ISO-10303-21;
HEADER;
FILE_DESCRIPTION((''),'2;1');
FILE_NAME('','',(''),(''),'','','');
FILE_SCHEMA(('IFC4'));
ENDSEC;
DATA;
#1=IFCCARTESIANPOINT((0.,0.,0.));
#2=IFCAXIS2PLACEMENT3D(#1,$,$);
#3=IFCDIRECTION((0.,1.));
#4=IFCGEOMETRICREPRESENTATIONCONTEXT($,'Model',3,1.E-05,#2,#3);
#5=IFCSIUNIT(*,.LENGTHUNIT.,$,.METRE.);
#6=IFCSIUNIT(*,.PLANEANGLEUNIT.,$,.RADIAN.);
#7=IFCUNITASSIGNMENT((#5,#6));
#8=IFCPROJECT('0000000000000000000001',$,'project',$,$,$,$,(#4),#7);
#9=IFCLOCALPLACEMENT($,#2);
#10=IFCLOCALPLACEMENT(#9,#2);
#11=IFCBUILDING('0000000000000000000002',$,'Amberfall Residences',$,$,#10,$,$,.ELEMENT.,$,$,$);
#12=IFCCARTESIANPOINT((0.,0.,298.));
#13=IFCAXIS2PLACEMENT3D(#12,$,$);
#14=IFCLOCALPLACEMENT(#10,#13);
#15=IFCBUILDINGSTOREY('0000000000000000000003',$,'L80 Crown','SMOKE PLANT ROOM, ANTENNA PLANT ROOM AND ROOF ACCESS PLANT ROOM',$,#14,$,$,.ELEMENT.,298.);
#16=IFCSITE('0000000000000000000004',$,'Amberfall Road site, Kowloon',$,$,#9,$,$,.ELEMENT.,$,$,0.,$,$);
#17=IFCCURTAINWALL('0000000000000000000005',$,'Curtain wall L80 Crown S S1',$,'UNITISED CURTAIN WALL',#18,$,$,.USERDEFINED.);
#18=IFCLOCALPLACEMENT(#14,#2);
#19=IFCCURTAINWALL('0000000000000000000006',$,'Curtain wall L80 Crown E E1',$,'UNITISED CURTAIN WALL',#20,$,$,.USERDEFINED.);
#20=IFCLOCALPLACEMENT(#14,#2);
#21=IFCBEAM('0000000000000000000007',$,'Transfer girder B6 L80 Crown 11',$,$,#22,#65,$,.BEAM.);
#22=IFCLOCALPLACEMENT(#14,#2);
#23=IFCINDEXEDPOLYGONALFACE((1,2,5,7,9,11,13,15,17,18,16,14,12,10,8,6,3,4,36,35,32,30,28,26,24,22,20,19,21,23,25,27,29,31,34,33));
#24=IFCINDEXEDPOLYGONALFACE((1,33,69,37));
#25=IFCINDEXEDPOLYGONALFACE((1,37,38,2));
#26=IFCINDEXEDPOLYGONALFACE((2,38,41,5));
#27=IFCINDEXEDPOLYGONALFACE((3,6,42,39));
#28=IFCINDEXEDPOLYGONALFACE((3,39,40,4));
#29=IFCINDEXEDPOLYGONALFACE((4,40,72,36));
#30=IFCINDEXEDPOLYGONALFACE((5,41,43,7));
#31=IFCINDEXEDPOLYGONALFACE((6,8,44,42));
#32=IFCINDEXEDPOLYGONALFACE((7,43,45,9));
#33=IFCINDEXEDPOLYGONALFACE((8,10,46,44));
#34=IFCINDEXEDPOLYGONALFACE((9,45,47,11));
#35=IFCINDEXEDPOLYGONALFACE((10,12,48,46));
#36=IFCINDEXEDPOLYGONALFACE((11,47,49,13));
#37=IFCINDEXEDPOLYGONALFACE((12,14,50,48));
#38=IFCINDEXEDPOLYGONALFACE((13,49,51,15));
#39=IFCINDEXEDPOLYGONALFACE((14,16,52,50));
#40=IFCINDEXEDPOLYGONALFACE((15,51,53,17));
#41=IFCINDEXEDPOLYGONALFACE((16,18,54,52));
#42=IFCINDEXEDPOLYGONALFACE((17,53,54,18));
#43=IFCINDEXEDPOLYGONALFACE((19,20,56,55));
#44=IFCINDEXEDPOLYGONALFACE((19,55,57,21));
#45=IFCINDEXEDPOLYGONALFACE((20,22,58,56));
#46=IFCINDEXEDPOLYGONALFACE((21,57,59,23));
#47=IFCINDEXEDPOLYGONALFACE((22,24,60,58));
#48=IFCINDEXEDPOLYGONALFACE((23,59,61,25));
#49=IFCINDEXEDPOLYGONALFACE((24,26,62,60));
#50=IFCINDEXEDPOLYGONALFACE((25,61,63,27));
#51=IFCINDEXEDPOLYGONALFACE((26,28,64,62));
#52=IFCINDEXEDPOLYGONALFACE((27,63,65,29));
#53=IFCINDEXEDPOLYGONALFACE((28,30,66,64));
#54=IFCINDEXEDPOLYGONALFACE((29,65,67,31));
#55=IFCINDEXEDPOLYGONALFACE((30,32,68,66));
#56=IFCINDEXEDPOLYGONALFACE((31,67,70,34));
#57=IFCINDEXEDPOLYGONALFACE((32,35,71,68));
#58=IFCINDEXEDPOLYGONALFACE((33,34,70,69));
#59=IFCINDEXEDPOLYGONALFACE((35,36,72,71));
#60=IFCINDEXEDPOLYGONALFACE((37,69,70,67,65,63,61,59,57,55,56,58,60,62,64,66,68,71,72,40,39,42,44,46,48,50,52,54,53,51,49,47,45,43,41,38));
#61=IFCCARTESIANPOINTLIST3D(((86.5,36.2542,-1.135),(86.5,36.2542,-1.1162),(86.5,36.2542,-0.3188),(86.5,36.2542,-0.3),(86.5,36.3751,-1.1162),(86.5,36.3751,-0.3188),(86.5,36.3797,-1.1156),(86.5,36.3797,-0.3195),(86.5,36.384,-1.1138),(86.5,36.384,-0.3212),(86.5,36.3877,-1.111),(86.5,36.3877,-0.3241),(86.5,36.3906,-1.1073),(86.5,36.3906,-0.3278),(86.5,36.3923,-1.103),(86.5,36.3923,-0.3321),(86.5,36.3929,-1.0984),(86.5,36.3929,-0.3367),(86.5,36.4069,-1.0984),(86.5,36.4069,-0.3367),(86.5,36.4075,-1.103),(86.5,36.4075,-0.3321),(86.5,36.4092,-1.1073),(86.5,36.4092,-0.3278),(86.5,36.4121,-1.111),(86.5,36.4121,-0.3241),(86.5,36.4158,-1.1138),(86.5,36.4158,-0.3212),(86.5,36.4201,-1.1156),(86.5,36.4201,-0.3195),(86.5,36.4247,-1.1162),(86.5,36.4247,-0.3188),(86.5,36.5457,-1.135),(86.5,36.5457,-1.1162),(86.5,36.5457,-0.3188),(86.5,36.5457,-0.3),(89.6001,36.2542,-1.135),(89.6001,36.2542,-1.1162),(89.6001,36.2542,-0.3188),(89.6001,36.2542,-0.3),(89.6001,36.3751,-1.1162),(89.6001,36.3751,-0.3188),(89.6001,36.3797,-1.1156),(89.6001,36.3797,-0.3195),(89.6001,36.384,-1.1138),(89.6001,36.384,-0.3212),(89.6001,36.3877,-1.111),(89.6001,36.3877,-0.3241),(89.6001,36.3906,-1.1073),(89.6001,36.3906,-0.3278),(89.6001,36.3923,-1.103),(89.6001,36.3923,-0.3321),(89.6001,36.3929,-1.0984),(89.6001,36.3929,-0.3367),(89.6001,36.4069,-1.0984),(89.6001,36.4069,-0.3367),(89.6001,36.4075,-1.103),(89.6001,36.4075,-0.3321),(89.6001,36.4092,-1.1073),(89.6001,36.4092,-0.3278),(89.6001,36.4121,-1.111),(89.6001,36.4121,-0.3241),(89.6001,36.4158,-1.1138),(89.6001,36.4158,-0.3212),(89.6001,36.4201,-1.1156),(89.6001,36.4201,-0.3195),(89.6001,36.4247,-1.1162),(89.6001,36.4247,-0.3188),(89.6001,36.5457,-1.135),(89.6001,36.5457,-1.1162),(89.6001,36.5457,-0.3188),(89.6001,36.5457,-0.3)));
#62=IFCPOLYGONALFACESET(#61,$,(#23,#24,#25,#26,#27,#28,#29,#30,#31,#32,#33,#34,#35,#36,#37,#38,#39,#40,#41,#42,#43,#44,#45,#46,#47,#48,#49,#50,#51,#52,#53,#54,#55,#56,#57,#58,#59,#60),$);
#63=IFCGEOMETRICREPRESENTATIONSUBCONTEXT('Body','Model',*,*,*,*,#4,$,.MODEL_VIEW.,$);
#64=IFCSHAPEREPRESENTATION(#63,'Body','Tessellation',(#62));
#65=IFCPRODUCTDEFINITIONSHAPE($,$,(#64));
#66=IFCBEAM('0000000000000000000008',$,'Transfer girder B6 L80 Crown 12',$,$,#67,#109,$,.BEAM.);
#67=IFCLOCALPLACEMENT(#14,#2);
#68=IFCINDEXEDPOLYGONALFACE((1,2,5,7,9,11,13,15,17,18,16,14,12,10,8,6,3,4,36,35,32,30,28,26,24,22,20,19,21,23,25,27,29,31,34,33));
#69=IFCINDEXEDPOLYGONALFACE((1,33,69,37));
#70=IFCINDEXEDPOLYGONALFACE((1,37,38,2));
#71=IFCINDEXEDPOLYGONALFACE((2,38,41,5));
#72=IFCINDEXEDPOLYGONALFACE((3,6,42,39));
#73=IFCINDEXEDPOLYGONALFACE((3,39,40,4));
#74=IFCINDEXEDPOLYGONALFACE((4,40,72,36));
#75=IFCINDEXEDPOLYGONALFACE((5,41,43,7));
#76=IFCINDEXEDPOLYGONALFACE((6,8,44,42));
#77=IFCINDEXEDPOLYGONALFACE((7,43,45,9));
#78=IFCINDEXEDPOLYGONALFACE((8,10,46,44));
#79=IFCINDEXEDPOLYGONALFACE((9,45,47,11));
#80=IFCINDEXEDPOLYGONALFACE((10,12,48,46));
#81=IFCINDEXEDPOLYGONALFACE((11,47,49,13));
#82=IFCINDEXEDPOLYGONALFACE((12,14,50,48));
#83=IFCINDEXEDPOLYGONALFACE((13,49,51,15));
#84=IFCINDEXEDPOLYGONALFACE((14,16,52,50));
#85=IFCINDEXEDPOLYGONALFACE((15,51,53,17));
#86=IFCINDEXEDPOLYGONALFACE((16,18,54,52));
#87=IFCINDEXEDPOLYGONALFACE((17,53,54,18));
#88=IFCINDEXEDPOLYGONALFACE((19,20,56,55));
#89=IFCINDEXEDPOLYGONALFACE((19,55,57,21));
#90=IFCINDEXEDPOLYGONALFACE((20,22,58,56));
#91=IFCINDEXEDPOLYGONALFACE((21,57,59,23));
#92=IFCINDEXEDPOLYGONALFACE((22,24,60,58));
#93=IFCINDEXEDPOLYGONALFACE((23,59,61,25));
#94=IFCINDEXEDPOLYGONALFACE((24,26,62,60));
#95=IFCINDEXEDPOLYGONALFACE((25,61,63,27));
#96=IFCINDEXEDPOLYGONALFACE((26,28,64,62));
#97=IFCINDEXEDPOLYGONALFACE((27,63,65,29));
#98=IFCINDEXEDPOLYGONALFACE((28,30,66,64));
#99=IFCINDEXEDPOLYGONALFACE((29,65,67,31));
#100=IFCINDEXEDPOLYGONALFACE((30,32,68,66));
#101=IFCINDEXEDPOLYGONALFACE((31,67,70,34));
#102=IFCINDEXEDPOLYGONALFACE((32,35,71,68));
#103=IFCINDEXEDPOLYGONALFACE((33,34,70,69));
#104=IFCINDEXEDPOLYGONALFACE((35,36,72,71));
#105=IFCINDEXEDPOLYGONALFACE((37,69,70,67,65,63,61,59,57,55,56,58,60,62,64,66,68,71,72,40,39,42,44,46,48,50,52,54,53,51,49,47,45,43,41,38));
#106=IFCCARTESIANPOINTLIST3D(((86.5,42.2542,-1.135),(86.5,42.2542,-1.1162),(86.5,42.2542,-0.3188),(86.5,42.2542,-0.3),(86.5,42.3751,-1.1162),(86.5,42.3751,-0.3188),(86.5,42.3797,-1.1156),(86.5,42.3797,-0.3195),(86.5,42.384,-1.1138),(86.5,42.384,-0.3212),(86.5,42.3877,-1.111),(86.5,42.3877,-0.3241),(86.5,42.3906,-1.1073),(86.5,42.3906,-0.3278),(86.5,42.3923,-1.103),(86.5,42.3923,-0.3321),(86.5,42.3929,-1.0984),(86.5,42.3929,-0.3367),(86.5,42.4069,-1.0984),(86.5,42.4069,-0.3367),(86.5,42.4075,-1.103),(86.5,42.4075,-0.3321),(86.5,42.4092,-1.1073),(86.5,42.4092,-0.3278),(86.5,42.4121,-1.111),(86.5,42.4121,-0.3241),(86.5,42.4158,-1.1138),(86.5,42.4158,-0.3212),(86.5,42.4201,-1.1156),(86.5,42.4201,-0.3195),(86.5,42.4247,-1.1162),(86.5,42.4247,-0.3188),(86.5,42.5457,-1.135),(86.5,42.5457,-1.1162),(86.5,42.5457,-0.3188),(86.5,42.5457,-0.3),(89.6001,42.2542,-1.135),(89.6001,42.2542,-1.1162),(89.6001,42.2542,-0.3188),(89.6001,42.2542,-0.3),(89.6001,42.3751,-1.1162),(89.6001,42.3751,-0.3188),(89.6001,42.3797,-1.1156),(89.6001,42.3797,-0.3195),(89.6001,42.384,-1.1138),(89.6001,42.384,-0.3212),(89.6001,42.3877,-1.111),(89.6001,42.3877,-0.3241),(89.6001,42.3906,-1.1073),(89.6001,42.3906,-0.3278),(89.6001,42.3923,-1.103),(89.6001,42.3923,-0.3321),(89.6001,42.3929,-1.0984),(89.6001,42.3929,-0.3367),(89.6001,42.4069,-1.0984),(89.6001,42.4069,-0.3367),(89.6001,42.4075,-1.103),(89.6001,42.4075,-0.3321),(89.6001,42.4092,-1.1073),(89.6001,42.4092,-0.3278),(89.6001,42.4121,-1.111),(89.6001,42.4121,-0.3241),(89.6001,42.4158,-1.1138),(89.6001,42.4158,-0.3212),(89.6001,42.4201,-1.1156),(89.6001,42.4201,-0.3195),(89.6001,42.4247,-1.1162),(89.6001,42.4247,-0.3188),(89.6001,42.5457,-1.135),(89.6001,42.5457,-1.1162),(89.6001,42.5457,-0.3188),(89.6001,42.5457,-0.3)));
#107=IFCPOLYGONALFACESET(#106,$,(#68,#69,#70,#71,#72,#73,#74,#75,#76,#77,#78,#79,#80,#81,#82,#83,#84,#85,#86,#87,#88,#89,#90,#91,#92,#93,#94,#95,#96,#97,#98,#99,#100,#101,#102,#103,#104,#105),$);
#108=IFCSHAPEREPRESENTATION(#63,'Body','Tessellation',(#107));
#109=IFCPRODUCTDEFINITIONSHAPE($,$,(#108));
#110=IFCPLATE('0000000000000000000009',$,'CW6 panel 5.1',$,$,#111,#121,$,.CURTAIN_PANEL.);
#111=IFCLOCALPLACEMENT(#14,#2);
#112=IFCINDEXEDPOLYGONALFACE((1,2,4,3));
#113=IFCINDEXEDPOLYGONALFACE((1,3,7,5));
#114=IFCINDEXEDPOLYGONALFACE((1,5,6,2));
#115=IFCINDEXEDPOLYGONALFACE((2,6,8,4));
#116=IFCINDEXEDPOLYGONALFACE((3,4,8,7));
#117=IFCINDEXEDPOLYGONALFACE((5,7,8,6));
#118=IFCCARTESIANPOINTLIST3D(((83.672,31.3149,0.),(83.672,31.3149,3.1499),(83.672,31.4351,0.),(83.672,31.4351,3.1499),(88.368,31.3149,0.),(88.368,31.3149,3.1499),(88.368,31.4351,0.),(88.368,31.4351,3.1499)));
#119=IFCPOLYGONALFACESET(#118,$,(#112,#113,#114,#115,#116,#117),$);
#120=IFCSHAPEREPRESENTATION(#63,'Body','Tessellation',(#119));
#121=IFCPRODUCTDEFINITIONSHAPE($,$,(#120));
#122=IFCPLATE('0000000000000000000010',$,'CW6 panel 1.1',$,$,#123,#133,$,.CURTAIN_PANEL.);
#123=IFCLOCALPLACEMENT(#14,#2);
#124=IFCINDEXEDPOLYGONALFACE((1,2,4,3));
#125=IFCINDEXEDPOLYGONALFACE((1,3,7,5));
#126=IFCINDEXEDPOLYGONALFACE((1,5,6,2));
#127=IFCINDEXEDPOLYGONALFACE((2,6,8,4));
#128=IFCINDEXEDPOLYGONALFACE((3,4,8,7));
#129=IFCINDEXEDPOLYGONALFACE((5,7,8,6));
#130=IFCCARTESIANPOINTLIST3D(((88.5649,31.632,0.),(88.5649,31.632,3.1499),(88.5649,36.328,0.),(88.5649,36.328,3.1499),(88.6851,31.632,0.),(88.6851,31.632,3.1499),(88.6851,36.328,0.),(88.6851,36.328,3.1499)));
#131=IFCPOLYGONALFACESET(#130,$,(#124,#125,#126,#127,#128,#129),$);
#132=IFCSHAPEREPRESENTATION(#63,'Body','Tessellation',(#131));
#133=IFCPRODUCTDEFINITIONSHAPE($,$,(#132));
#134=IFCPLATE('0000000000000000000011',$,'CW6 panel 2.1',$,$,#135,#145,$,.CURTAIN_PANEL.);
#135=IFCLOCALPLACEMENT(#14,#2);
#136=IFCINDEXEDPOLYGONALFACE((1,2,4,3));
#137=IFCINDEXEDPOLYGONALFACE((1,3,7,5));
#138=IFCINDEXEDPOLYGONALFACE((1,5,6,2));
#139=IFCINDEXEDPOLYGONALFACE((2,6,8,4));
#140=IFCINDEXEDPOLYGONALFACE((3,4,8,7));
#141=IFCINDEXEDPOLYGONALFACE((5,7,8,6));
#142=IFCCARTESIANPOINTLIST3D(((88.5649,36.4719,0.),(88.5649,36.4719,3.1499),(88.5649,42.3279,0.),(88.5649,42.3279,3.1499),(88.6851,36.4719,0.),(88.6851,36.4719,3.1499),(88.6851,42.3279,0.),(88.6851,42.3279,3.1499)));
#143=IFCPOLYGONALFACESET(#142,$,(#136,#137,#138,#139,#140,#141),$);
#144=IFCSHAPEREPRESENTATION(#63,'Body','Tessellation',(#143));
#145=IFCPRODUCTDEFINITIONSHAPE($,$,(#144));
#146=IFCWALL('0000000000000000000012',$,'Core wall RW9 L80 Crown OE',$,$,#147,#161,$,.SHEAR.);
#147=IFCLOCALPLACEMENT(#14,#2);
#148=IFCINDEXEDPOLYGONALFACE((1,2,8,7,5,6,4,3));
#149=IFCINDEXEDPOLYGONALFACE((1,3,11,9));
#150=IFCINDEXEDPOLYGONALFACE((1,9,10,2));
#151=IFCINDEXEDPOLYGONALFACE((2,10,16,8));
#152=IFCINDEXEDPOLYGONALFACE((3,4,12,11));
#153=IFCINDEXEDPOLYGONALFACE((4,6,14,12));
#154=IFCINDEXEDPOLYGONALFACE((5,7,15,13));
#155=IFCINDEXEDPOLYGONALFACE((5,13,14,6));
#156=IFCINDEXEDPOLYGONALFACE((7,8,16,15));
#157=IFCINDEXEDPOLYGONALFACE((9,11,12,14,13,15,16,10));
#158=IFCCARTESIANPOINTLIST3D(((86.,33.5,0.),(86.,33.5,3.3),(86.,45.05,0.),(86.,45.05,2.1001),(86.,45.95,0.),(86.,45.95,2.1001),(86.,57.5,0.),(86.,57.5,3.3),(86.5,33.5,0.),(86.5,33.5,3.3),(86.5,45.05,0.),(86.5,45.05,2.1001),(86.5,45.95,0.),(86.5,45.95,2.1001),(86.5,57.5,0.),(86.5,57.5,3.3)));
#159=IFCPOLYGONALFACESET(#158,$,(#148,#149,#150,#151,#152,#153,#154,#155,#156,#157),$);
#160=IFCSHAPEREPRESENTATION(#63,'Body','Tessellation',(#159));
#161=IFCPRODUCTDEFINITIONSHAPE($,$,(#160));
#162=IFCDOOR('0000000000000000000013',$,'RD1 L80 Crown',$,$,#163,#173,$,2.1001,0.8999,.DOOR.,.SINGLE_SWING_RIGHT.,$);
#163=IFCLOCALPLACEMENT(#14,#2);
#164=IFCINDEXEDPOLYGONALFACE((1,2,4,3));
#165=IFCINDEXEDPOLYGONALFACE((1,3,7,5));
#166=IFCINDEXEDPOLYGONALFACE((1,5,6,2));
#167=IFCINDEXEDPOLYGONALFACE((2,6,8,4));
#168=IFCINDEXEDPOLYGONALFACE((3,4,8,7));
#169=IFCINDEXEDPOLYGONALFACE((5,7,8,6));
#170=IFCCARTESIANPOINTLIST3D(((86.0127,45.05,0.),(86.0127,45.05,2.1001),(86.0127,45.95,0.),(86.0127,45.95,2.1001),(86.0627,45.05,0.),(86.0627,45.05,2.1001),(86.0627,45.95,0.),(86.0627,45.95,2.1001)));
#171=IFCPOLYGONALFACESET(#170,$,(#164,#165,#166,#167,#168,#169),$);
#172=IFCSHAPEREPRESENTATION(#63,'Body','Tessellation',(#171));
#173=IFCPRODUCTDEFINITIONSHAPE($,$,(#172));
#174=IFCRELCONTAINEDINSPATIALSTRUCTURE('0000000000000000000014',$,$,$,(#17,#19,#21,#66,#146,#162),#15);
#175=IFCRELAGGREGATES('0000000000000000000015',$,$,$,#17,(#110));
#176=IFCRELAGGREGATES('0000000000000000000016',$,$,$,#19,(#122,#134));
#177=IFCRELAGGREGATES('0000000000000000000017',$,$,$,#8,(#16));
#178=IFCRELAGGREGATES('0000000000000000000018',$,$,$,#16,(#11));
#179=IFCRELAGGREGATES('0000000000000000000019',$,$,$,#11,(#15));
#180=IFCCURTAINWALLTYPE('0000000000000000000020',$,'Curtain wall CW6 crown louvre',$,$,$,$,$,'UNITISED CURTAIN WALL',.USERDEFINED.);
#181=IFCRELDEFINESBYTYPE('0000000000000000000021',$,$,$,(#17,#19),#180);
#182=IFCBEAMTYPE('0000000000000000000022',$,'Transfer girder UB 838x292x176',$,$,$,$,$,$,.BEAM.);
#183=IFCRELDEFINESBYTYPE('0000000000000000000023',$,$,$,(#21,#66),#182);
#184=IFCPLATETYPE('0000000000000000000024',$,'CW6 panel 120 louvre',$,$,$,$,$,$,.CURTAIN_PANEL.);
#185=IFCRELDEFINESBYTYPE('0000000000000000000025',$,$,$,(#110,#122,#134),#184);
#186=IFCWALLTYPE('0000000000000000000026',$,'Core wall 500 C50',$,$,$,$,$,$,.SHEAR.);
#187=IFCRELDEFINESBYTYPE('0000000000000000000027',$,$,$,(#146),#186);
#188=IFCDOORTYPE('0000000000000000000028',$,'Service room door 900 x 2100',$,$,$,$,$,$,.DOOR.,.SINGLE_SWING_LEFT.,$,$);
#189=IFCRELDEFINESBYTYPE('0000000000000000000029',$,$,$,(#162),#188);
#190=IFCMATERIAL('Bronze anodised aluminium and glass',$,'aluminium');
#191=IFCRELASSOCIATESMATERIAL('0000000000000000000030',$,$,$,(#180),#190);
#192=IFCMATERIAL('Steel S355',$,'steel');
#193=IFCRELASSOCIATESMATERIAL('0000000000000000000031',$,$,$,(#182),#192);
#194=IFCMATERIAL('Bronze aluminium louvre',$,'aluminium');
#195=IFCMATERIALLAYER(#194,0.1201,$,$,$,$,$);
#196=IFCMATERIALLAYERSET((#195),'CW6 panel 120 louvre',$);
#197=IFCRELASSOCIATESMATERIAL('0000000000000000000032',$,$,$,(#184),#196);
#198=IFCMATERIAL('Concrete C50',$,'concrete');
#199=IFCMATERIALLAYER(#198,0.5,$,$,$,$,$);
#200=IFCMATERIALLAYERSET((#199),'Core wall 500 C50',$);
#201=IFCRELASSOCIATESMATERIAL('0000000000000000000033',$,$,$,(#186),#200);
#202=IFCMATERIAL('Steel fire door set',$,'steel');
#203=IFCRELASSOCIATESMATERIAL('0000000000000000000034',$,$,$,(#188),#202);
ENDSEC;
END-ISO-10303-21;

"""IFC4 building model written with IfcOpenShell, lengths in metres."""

from ifc_helpers import new_model, si_unit, direction, frame, frame_2d, origin, origin_2d, place, context, subcontext, project, spatial, rectangle, i_section, extrude, material, layer, layer_set, material_profile, profile_set, type_object, element, fill, aggregate, save


model = new_model("IFC4")

# Units and contexts
model_context = context("Model", 3, precision=1e-05, world=origin(), true_north=direction((0.0, 1.0)))
body_context = subcontext(model_context, "Body", "Model", "MODEL_VIEW")
ifc_project = project(units=[si_unit("LENGTHUNIT", "METRE"), si_unit("PLANEANGLEUNIT", "RADIAN")], contexts=[model_context])

# Site, building, storey
site_placement = place(None, origin())
site = spatial("IfcSite", under=ifc_project, at=site_placement, Name="Amberfall Road site, Kowloon", CompositionType="ELEMENT", RefElevation=0.0)
building_placement = place(site_placement, origin())
building = spatial("IfcBuilding", under=site, at=building_placement, Name="Amberfall Residences", CompositionType="ELEMENT")
storey_placement = place(building_placement, frame((0.0, 0.0, 298.0)))
storey = spatial("IfcBuildingStorey", under=building, at=storey_placement, Name="L80 Crown", Description="SMOKE PLANT ROOM, ANTENNA PLANT ROOM AND ROOF ACCESS PLANT ROOM", CompositionType="ELEMENT", Elevation=298.0)

# Shared definitions
ifc_material_1 = material(Name="Concrete C50", Category="concrete")

# Curtain wall
ifc_material_2 = material(Name="Bronze anodised aluminium and glass", Category="aluminium")
curtain_wall_type = type_object("IfcCurtainWallType", Name="Curtain wall CW6 crown louvre", ElementType="UNITISED CURTAIN WALL", PredefinedType="USERDEFINED", material=ifc_material_2)
curtain_wall_1_placement = place(storey_placement, origin())
curtain_wall_1 = element("IfcCurtainWall", 1, at=curtain_wall_1_placement, inside=storey, type_object=curtain_wall_type, Name="Curtain wall L80 Crown S S1", ObjectType="UNITISED CURTAIN WALL", PredefinedType="USERDEFINED")

# Curtain wall
curtain_wall_2_placement = place(storey_placement, origin())
curtain_wall_2 = element("IfcCurtainWall", 2, at=curtain_wall_2_placement, inside=storey, type_object=curtain_wall_type, Name="Curtain wall L80 Crown E E1", ObjectType="UNITISED CURTAIN WALL", PredefinedType="USERDEFINED")

# Beams
ifc_material_3 = material(Name="Steel S355", Category="steel")
ifc_material_profile_1 = material_profile(ifc_material_3, i_section(OverallWidth=0.2915, OverallDepth=0.835, WebThickness=0.0139, FlangeThickness=0.0188, FilletRadius=0.0178, at=origin_2d()), Name="UB 838x292x176")
ifc_profile_set_1 = profile_set([ifc_material_profile_1], Name="Steel S355")
beam_type_1 = type_object("IfcBeamType", Name="Transfer girder UB 838x292x176", PredefinedType="BEAM", material=ifc_profile_set_1)
for number, where, z_axis, x_axis, name in (
    (3, (89.6001, 36.3999, -0.7175), (-1.0, 0.0, 0.0), (0.0, -1.0, 0.0), "Transfer girder B6 L80 Crown 11"),
    (4, (89.6001, 42.3999, -0.7175), (-1.0, 0.0, 0.0), (0.0, -1.0, 0.0), "Transfer girder B6 L80 Crown 12"),
):
    element("IfcBeam", number, at=place(storey_placement, frame(where, z_axis=z_axis, x_axis=x_axis)), inside=storey, type_object=beam_type_1, Name=name, PredefinedType="BEAM", context=body_context, shape_type="SweptSolid", body=[
        extrude(i_section(OverallWidth=0.2915, OverallDepth=0.835, WebThickness=0.0139, FlangeThickness=0.0188, FilletRadius=0.0178, at=origin_2d()), origin(), (0.0, 0.0, 1.0), 3.1001),
    ])

# Plates
ifc_material_4 = material(Name="Bronze aluminium louvre", Category="aluminium")
ifc_layer_1 = layer(ifc_material_4, 0.1201)
ifc_layer_set_1 = layer_set([ifc_layer_1], Name="CW6 panel 120 louvre")
plate_type = type_object("IfcPlateType", Name="CW6 panel 120 louvre", PredefinedType="CURTAIN_PANEL", material=ifc_layer_set_1)
plate_1_placement = place(storey_placement, frame((86.02, 31.375, 0.0), z_axis=(0.0, 0.0, 1.0), x_axis=(1.0, 0.0, 0.0)))
plate_1 = element("IfcPlate", 5, at=plate_1_placement, type_object=plate_type, Name="CW6 panel 5.1", PredefinedType="CURTAIN_PANEL", context=body_context, shape_type="SweptSolid", body=[
    extrude(rectangle(XDim=4.696, YDim=0.1201, at=origin_2d()), origin(), (0.0, 0.0, 1.0), 3.1499),
])
aggregate(curtain_wall_1, [plate_1])
plate_2_placement = place(storey_placement, frame((88.625, 33.98, 0.0), z_axis=(0.0, 0.0, 1.0), x_axis=(0.0, 1.0, 0.0)))
plate_2 = element("IfcPlate", 6, at=plate_2_placement, type_object=plate_type, Name="CW6 panel 1.1", PredefinedType="CURTAIN_PANEL", context=body_context, shape_type="SweptSolid", body=[
    extrude(rectangle(XDim=4.696, YDim=0.1201, at=origin_2d()), origin(), (0.0, 0.0, 1.0), 3.1499),
])
plate_3_placement = place(storey_placement, frame((88.625, 39.3999, 0.0), z_axis=(0.0, 0.0, 1.0), x_axis=(0.0, 1.0, 0.0)))
plate_3 = element("IfcPlate", 7, at=plate_3_placement, type_object=plate_type, Name="CW6 panel 2.1", PredefinedType="CURTAIN_PANEL", context=body_context, shape_type="SweptSolid", body=[
    extrude(rectangle(XDim=5.856, YDim=0.1201, at=origin_2d()), origin(), (0.0, 0.0, 1.0), 3.1499),
])
aggregate(curtain_wall_2, [plate_2, plate_3])

# Wall, opening, door
ifc_layer_2 = layer(ifc_material_1, 0.5)
ifc_layer_set_2 = layer_set([ifc_layer_2], Name="Core wall 500 C50")
wall_type = type_object("IfcWallType", Name="Core wall 500 C50", PredefinedType="SHEAR", material=ifc_layer_set_2)
wall_placement = place(storey_placement, frame((86.25, 33.5, 0.0), z_axis=(0.0, 0.0, 1.0), x_axis=(0.0, 1.0, 0.0)))
wall = element("IfcWall", 8, at=wall_placement, inside=storey, type_object=wall_type, Name="Core wall RW9 L80 Crown OE", PredefinedType="SHEAR", context=body_context, shape_type="SweptSolid", body=[
    extrude(rectangle(XDim=24.0, YDim=0.5, at=frame_2d((12.0, 0.0))), origin(), (0.0, 0.0, 1.0), 3.3),
])
opening_placement = place(wall_placement, frame((11.55, 0.0, 0.0)))
opening = element("IfcOpeningElement", 9, at=opening_placement, cuts=wall, PredefinedType="OPENING", context=body_context, shape_type="SweptSolid", body=[
    extrude(rectangle(XDim=0.8999, YDim=2.1001, at=frame_2d((0.45, 1.05))), frame((0.0, 0.26, 0.0), z_axis=(0.0, -1.0, 0.0), x_axis=(1.0, 0.0, 0.0)), (0.0, 0.0, 1.0), 0.52),
])
ifc_material_5 = material(Name="Steel fire door set", Category="steel")
door_type = type_object("IfcDoorType", Name="Service room door 900 x 2100", OperationType="SINGLE_SWING_LEFT", PredefinedType="DOOR", material=ifc_material_5)
door_placement = place(opening_placement, origin())
door = element("IfcDoor", 10, at=door_placement, inside=storey, type_object=door_type, Name="RD1 L80 Crown", OperationType="SINGLE_SWING_RIGHT", OverallHeight=2.1001, OverallWidth=0.8999, PredefinedType="DOOR", context=body_context, shape_type="SweptSolid", body=[
    extrude(rectangle(XDim=0.8999, YDim=2.1001, at=frame_2d((0.45, 1.05))), frame((0.0, 0.2373, 0.0), z_axis=(0.0, -1.0, 0.0), x_axis=(1.0, 0.0, 0.0)), (0.0, 0.0, 1.0), 0.05),
])
fill(opening, door)

save(model, "model.ifc")
